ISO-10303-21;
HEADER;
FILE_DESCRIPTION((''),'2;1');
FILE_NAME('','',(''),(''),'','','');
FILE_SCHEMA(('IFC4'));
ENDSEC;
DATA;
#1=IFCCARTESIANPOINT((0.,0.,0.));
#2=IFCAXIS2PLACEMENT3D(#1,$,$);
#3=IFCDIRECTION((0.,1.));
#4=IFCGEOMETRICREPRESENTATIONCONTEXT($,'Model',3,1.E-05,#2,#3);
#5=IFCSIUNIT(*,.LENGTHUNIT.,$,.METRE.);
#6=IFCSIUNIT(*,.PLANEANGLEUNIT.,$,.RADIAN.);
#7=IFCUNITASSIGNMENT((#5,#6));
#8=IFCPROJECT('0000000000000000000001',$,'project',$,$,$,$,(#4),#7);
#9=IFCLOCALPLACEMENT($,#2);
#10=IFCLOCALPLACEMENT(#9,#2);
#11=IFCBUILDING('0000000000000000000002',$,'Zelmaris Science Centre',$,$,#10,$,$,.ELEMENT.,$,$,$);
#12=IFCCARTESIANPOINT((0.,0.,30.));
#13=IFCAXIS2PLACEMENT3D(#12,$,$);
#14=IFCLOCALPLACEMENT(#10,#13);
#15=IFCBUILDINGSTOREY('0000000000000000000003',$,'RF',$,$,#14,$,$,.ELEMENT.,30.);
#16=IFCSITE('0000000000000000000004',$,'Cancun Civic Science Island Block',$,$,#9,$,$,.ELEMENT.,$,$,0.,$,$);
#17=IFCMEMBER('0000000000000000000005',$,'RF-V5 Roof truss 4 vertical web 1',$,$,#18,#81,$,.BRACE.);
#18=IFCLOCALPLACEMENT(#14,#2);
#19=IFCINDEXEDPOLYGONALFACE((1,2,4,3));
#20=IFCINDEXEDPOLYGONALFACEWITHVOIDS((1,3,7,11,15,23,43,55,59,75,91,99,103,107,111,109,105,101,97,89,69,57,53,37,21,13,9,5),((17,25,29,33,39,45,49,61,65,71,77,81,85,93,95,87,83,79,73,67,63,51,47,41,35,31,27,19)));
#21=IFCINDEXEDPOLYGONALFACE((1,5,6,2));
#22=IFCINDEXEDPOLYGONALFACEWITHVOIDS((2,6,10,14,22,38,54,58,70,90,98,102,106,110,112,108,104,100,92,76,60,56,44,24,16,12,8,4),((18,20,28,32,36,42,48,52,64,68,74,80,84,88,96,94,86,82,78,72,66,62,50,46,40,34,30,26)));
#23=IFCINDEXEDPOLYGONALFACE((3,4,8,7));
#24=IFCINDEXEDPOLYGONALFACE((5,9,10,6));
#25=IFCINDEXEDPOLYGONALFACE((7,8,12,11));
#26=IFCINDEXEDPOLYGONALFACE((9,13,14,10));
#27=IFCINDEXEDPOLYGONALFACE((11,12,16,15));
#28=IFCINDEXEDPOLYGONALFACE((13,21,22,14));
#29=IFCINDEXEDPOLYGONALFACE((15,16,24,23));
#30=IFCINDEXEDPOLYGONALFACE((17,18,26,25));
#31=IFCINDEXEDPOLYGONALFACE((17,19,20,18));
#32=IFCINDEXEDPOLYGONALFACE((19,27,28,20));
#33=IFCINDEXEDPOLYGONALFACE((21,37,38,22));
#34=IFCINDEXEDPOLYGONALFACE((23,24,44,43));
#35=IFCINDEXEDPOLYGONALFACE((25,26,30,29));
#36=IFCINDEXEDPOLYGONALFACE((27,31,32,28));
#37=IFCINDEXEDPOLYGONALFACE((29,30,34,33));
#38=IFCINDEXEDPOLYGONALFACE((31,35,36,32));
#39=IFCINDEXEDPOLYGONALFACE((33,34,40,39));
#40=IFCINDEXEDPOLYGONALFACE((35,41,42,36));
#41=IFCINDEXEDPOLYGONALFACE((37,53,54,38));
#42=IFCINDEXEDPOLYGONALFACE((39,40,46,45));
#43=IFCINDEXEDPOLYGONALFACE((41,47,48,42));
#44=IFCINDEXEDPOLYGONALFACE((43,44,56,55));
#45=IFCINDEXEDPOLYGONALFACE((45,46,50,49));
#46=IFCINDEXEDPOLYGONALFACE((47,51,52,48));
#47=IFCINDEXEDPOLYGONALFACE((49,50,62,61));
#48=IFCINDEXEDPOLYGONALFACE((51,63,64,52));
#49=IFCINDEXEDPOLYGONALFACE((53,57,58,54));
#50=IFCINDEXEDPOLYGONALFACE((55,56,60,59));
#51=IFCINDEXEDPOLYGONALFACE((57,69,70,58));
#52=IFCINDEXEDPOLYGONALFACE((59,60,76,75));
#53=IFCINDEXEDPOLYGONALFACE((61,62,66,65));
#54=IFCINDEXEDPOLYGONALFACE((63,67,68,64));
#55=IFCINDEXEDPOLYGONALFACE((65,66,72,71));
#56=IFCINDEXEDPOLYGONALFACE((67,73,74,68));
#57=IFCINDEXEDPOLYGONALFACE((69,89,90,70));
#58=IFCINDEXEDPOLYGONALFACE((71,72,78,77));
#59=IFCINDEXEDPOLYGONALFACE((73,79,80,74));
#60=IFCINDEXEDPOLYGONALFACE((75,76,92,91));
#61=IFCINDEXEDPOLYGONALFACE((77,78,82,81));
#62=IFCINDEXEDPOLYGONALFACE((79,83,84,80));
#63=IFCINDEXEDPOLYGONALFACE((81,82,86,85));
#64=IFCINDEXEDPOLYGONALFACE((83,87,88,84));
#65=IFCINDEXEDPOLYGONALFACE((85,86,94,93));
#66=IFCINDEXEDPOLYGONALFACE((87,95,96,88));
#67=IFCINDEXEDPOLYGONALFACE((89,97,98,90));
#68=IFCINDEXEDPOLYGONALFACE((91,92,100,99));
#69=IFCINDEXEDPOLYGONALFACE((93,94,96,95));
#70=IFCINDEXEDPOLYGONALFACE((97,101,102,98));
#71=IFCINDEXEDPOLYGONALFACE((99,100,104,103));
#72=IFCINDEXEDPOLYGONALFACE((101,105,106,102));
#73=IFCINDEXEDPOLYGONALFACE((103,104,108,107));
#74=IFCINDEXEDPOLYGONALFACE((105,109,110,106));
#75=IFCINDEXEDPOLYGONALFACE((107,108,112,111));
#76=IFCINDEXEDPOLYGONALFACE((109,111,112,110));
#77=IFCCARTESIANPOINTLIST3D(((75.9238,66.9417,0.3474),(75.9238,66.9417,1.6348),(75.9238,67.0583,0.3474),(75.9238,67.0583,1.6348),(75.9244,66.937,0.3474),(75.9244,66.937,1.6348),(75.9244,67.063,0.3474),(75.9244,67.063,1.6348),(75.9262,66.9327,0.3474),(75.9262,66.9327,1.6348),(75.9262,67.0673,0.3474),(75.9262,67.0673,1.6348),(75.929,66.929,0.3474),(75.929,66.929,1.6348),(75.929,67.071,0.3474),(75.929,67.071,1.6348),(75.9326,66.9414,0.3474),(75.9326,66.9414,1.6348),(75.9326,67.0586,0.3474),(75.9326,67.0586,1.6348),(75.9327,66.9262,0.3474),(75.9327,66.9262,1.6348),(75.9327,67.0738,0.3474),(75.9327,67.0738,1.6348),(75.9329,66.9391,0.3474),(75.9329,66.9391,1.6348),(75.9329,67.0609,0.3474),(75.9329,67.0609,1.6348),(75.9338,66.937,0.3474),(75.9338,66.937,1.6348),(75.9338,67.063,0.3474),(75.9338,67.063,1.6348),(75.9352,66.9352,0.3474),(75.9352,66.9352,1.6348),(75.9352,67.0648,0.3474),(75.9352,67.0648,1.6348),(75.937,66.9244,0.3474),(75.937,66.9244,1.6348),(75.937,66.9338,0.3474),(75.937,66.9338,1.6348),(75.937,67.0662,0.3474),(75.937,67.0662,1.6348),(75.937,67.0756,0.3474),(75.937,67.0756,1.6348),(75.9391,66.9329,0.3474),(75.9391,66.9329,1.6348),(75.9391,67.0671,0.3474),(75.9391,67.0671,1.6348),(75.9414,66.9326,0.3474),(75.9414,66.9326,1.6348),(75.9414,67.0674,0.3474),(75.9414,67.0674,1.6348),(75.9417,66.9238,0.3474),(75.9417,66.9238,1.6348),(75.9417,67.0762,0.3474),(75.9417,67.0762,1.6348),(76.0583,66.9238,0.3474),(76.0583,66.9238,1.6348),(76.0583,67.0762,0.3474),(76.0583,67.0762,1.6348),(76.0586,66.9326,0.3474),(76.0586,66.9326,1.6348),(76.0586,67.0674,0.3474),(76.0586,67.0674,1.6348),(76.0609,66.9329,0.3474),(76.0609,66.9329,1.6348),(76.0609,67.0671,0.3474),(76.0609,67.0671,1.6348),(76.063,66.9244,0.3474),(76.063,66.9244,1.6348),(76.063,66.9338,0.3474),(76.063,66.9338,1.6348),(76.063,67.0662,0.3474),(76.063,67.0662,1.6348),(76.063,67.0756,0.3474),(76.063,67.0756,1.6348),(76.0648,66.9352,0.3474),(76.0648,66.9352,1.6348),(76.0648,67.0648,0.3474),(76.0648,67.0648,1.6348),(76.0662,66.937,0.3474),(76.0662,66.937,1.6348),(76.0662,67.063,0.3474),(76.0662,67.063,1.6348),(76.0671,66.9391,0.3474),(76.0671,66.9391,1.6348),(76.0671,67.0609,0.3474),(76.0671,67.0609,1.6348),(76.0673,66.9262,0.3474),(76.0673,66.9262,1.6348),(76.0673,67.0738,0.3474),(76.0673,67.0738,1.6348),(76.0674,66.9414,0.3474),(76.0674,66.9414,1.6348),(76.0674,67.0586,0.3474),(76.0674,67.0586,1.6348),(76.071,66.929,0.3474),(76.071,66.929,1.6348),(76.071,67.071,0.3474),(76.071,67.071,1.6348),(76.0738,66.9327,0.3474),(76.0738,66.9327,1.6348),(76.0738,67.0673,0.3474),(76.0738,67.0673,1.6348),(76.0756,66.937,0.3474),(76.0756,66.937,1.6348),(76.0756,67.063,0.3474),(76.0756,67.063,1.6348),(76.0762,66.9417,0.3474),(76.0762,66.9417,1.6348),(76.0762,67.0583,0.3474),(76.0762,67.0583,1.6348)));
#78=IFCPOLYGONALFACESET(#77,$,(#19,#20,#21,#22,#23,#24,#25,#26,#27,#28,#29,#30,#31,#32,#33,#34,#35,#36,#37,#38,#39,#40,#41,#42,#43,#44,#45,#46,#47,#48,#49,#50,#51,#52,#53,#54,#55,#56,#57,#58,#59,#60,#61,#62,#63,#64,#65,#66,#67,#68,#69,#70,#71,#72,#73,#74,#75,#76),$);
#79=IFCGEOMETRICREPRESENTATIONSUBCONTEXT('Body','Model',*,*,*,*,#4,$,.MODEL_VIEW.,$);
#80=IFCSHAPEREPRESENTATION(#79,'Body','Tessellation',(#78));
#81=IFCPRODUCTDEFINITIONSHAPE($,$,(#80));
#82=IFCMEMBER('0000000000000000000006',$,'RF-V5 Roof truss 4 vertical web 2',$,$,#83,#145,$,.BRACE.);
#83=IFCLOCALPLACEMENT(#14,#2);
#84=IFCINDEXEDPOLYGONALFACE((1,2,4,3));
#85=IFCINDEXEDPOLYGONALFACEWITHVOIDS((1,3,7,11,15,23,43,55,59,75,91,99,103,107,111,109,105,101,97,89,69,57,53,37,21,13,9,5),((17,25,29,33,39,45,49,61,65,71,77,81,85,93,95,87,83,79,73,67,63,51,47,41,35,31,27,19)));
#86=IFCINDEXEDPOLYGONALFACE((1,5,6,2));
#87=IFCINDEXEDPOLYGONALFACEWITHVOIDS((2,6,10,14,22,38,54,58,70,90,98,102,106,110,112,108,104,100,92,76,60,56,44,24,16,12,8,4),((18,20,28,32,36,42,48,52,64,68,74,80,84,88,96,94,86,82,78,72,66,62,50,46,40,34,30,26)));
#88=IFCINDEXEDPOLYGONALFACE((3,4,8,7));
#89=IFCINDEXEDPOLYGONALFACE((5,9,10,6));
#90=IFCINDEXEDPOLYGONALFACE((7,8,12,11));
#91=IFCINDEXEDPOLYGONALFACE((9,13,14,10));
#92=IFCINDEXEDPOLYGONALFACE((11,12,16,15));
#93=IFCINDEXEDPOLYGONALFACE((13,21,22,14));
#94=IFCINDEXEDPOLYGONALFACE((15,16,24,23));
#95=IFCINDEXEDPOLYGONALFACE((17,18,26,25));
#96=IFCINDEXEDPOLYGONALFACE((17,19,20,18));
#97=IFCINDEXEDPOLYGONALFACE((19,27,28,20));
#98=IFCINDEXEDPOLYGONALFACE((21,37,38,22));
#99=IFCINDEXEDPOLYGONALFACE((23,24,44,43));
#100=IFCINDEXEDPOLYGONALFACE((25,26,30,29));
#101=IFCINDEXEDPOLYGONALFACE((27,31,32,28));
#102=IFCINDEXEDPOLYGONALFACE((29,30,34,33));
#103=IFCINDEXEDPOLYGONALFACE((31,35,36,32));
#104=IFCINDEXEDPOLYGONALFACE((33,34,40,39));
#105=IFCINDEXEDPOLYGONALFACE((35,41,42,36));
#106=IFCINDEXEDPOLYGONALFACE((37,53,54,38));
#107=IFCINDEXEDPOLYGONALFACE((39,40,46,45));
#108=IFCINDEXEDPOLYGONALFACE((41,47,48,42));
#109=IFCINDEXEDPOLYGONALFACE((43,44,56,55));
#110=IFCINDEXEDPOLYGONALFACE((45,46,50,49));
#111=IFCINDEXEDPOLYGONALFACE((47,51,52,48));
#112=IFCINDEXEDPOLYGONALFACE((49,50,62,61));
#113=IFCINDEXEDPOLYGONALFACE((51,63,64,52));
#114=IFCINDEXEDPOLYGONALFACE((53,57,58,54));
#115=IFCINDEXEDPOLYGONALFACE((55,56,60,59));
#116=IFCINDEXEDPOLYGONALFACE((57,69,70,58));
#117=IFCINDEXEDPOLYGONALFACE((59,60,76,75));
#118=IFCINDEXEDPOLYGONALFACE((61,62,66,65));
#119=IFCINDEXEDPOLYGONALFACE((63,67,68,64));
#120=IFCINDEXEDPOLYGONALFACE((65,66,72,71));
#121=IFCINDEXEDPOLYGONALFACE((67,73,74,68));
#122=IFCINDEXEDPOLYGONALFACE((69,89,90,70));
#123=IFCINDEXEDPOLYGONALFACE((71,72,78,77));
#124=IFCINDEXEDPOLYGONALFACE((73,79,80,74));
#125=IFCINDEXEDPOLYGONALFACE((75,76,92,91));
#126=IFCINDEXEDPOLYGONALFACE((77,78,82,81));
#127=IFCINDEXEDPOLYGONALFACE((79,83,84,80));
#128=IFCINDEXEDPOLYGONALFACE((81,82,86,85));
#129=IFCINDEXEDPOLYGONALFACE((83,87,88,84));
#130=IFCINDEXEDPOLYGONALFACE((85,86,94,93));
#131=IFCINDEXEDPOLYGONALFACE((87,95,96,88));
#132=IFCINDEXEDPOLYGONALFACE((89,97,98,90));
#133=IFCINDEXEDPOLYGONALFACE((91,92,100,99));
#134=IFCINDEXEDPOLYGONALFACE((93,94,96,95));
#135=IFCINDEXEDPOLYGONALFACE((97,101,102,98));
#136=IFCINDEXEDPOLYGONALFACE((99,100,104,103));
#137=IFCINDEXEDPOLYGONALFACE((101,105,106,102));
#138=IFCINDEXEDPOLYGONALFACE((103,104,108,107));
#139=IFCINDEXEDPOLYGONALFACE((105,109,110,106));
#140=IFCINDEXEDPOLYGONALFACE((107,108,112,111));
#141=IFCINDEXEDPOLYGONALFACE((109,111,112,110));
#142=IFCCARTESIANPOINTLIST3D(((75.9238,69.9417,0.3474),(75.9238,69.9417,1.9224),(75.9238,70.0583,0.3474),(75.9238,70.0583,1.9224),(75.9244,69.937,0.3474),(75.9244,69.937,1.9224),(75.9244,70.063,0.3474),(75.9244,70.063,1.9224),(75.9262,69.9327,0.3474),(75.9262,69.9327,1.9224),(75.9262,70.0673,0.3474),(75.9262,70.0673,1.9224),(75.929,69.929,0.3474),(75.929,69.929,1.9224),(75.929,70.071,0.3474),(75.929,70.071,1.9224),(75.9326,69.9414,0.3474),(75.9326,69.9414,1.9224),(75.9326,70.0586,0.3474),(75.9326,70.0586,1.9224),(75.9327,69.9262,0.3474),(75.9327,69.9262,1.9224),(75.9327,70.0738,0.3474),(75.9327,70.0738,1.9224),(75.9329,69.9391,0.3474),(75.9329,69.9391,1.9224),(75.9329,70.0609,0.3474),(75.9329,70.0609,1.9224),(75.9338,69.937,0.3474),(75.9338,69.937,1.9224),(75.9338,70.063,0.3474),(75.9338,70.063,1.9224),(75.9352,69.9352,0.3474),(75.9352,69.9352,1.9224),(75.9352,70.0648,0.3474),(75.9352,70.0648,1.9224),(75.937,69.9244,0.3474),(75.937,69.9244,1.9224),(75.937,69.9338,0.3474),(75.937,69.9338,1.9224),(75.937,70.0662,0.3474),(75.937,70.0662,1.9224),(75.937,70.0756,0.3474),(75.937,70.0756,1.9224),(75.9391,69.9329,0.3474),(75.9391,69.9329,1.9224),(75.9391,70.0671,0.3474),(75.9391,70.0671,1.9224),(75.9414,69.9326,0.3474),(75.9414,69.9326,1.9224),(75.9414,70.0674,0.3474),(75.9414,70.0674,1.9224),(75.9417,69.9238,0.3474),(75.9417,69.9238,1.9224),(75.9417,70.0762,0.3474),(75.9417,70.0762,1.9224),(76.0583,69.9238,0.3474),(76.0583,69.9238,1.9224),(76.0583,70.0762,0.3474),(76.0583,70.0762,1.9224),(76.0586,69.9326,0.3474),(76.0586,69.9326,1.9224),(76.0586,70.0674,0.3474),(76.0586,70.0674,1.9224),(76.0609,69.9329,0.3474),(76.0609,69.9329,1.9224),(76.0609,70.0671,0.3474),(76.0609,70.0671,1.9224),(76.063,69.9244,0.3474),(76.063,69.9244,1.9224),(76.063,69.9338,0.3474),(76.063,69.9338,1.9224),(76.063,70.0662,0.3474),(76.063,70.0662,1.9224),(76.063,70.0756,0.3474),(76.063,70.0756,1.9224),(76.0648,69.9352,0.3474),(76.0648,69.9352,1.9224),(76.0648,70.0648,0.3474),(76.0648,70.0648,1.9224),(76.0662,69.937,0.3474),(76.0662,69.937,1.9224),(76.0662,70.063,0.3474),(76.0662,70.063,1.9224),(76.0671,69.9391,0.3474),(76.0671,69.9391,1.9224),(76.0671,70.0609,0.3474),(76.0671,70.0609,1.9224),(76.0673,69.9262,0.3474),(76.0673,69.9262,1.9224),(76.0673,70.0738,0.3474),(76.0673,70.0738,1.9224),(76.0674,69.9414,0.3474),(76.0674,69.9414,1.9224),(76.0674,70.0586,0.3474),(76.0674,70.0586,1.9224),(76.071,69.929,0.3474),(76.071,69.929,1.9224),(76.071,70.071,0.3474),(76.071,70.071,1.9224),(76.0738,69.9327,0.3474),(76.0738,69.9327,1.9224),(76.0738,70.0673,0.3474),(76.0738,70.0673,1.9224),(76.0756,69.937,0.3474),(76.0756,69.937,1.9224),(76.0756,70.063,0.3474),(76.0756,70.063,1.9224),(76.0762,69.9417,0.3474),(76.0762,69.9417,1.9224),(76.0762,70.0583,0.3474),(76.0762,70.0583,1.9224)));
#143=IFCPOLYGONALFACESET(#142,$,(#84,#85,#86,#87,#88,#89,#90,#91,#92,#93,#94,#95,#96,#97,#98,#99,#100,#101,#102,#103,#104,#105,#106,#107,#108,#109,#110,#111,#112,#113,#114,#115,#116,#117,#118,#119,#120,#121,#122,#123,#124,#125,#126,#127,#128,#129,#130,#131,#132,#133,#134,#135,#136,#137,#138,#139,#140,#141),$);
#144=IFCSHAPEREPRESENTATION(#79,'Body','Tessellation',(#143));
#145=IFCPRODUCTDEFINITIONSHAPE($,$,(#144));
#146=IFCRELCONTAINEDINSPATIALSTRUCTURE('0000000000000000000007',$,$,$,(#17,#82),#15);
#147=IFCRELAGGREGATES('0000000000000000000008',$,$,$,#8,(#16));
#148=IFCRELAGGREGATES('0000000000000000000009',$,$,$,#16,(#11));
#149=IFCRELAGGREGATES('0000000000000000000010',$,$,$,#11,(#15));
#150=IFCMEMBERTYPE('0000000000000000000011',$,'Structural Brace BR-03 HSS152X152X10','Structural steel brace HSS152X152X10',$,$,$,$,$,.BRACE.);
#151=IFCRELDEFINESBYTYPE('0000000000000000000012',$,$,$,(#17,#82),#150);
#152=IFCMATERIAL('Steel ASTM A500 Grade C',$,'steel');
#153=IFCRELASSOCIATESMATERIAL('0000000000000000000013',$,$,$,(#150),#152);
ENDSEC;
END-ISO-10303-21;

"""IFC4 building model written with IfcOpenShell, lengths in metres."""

from ifc_helpers import new_model, si_unit, direction, frame, origin, origin_2d, place, context, subcontext, project, spatial, hollow_rectangle, extrude, material, material_profile, profile_set, type_object, element, save


model = new_model("IFC4")

# Units and contexts
model_context = context("Model", 3, precision=1e-05, world=origin(), true_north=direction((0.0, 1.0)))
body_context = subcontext(model_context, "Body", "Model", "MODEL_VIEW")
ifc_project = project(units=[si_unit("LENGTHUNIT", "METRE"), si_unit("PLANEANGLEUNIT", "RADIAN")], contexts=[model_context])

# Site, building, storey
site_placement = place(None, origin())
site = spatial("IfcSite", under=ifc_project, at=site_placement, Name="Cancun Civic Science Island Block", CompositionType="ELEMENT", RefElevation=0.0)
building_placement = place(site_placement, origin())
building = spatial("IfcBuilding", under=site, at=building_placement, Name="Zelmaris Science Centre", CompositionType="ELEMENT")
storey_placement = place(building_placement, frame((0.0, 0.0, 30.0)))
storey = spatial("IfcBuildingStorey", under=building, at=storey_placement, Name="RF", CompositionType="ELEMENT", Elevation=30.0)

# Shared definitions
ifc_material = material(Name="Steel ASTM A500 Grade C", Category="steel")

# Members
ifc_material_profile_1 = material_profile(ifc_material, hollow_rectangle(XDim=0.1523, YDim=0.1523, WallThickness=0.0088, InnerFilletRadius=0.0088, OuterFilletRadius=0.0178, at=origin_2d()), Name="HSS152X152X10")
ifc_profile_set_1 = profile_set([ifc_material_profile_1], Name="Steel ASTM A500 Grade C")
member_type_1 = type_object("IfcMemberType", Name="Structural Brace BR-03 HSS152X152X10", Description="Structural steel brace HSS152X152X10", PredefinedType="BRACE", material=ifc_profile_set_1)
member_1_placement = place(storey_placement, frame((76.0, 67.0, 0.3474), z_axis=(0.0, 0.0, 1.0), x_axis=(1.0, 0.0, 0.0)))
element("IfcMember", 1, at=member_1_placement, inside=storey, type_object=member_type_1, Name="RF-V5 Roof truss 4 vertical web 1", PredefinedType="BRACE", context=body_context, shape_type="SweptSolid", body=[
    extrude(hollow_rectangle(XDim=0.1523, YDim=0.1523, WallThickness=0.0088, InnerFilletRadius=0.0088, OuterFilletRadius=0.0178, at=origin_2d()), origin(), (0.0, 0.0, 1.0), 1.2874),
])
member_2_placement = place(storey_placement, frame((76.0, 70.0, 0.3474), z_axis=(0.0, 0.0, 1.0), x_axis=(1.0, 0.0, 0.0)))
element("IfcMember", 2, at=member_2_placement, inside=storey, type_object=member_type_1, Name="RF-V5 Roof truss 4 vertical web 2", PredefinedType="BRACE", context=body_context, shape_type="SweptSolid", body=[
    extrude(hollow_rectangle(XDim=0.1523, YDim=0.1523, WallThickness=0.0088, InnerFilletRadius=0.0088, OuterFilletRadius=0.0178, at=origin_2d()), origin(), (0.0, 0.0, 1.0), 1.575),
])

save(model, "model.ifc")
